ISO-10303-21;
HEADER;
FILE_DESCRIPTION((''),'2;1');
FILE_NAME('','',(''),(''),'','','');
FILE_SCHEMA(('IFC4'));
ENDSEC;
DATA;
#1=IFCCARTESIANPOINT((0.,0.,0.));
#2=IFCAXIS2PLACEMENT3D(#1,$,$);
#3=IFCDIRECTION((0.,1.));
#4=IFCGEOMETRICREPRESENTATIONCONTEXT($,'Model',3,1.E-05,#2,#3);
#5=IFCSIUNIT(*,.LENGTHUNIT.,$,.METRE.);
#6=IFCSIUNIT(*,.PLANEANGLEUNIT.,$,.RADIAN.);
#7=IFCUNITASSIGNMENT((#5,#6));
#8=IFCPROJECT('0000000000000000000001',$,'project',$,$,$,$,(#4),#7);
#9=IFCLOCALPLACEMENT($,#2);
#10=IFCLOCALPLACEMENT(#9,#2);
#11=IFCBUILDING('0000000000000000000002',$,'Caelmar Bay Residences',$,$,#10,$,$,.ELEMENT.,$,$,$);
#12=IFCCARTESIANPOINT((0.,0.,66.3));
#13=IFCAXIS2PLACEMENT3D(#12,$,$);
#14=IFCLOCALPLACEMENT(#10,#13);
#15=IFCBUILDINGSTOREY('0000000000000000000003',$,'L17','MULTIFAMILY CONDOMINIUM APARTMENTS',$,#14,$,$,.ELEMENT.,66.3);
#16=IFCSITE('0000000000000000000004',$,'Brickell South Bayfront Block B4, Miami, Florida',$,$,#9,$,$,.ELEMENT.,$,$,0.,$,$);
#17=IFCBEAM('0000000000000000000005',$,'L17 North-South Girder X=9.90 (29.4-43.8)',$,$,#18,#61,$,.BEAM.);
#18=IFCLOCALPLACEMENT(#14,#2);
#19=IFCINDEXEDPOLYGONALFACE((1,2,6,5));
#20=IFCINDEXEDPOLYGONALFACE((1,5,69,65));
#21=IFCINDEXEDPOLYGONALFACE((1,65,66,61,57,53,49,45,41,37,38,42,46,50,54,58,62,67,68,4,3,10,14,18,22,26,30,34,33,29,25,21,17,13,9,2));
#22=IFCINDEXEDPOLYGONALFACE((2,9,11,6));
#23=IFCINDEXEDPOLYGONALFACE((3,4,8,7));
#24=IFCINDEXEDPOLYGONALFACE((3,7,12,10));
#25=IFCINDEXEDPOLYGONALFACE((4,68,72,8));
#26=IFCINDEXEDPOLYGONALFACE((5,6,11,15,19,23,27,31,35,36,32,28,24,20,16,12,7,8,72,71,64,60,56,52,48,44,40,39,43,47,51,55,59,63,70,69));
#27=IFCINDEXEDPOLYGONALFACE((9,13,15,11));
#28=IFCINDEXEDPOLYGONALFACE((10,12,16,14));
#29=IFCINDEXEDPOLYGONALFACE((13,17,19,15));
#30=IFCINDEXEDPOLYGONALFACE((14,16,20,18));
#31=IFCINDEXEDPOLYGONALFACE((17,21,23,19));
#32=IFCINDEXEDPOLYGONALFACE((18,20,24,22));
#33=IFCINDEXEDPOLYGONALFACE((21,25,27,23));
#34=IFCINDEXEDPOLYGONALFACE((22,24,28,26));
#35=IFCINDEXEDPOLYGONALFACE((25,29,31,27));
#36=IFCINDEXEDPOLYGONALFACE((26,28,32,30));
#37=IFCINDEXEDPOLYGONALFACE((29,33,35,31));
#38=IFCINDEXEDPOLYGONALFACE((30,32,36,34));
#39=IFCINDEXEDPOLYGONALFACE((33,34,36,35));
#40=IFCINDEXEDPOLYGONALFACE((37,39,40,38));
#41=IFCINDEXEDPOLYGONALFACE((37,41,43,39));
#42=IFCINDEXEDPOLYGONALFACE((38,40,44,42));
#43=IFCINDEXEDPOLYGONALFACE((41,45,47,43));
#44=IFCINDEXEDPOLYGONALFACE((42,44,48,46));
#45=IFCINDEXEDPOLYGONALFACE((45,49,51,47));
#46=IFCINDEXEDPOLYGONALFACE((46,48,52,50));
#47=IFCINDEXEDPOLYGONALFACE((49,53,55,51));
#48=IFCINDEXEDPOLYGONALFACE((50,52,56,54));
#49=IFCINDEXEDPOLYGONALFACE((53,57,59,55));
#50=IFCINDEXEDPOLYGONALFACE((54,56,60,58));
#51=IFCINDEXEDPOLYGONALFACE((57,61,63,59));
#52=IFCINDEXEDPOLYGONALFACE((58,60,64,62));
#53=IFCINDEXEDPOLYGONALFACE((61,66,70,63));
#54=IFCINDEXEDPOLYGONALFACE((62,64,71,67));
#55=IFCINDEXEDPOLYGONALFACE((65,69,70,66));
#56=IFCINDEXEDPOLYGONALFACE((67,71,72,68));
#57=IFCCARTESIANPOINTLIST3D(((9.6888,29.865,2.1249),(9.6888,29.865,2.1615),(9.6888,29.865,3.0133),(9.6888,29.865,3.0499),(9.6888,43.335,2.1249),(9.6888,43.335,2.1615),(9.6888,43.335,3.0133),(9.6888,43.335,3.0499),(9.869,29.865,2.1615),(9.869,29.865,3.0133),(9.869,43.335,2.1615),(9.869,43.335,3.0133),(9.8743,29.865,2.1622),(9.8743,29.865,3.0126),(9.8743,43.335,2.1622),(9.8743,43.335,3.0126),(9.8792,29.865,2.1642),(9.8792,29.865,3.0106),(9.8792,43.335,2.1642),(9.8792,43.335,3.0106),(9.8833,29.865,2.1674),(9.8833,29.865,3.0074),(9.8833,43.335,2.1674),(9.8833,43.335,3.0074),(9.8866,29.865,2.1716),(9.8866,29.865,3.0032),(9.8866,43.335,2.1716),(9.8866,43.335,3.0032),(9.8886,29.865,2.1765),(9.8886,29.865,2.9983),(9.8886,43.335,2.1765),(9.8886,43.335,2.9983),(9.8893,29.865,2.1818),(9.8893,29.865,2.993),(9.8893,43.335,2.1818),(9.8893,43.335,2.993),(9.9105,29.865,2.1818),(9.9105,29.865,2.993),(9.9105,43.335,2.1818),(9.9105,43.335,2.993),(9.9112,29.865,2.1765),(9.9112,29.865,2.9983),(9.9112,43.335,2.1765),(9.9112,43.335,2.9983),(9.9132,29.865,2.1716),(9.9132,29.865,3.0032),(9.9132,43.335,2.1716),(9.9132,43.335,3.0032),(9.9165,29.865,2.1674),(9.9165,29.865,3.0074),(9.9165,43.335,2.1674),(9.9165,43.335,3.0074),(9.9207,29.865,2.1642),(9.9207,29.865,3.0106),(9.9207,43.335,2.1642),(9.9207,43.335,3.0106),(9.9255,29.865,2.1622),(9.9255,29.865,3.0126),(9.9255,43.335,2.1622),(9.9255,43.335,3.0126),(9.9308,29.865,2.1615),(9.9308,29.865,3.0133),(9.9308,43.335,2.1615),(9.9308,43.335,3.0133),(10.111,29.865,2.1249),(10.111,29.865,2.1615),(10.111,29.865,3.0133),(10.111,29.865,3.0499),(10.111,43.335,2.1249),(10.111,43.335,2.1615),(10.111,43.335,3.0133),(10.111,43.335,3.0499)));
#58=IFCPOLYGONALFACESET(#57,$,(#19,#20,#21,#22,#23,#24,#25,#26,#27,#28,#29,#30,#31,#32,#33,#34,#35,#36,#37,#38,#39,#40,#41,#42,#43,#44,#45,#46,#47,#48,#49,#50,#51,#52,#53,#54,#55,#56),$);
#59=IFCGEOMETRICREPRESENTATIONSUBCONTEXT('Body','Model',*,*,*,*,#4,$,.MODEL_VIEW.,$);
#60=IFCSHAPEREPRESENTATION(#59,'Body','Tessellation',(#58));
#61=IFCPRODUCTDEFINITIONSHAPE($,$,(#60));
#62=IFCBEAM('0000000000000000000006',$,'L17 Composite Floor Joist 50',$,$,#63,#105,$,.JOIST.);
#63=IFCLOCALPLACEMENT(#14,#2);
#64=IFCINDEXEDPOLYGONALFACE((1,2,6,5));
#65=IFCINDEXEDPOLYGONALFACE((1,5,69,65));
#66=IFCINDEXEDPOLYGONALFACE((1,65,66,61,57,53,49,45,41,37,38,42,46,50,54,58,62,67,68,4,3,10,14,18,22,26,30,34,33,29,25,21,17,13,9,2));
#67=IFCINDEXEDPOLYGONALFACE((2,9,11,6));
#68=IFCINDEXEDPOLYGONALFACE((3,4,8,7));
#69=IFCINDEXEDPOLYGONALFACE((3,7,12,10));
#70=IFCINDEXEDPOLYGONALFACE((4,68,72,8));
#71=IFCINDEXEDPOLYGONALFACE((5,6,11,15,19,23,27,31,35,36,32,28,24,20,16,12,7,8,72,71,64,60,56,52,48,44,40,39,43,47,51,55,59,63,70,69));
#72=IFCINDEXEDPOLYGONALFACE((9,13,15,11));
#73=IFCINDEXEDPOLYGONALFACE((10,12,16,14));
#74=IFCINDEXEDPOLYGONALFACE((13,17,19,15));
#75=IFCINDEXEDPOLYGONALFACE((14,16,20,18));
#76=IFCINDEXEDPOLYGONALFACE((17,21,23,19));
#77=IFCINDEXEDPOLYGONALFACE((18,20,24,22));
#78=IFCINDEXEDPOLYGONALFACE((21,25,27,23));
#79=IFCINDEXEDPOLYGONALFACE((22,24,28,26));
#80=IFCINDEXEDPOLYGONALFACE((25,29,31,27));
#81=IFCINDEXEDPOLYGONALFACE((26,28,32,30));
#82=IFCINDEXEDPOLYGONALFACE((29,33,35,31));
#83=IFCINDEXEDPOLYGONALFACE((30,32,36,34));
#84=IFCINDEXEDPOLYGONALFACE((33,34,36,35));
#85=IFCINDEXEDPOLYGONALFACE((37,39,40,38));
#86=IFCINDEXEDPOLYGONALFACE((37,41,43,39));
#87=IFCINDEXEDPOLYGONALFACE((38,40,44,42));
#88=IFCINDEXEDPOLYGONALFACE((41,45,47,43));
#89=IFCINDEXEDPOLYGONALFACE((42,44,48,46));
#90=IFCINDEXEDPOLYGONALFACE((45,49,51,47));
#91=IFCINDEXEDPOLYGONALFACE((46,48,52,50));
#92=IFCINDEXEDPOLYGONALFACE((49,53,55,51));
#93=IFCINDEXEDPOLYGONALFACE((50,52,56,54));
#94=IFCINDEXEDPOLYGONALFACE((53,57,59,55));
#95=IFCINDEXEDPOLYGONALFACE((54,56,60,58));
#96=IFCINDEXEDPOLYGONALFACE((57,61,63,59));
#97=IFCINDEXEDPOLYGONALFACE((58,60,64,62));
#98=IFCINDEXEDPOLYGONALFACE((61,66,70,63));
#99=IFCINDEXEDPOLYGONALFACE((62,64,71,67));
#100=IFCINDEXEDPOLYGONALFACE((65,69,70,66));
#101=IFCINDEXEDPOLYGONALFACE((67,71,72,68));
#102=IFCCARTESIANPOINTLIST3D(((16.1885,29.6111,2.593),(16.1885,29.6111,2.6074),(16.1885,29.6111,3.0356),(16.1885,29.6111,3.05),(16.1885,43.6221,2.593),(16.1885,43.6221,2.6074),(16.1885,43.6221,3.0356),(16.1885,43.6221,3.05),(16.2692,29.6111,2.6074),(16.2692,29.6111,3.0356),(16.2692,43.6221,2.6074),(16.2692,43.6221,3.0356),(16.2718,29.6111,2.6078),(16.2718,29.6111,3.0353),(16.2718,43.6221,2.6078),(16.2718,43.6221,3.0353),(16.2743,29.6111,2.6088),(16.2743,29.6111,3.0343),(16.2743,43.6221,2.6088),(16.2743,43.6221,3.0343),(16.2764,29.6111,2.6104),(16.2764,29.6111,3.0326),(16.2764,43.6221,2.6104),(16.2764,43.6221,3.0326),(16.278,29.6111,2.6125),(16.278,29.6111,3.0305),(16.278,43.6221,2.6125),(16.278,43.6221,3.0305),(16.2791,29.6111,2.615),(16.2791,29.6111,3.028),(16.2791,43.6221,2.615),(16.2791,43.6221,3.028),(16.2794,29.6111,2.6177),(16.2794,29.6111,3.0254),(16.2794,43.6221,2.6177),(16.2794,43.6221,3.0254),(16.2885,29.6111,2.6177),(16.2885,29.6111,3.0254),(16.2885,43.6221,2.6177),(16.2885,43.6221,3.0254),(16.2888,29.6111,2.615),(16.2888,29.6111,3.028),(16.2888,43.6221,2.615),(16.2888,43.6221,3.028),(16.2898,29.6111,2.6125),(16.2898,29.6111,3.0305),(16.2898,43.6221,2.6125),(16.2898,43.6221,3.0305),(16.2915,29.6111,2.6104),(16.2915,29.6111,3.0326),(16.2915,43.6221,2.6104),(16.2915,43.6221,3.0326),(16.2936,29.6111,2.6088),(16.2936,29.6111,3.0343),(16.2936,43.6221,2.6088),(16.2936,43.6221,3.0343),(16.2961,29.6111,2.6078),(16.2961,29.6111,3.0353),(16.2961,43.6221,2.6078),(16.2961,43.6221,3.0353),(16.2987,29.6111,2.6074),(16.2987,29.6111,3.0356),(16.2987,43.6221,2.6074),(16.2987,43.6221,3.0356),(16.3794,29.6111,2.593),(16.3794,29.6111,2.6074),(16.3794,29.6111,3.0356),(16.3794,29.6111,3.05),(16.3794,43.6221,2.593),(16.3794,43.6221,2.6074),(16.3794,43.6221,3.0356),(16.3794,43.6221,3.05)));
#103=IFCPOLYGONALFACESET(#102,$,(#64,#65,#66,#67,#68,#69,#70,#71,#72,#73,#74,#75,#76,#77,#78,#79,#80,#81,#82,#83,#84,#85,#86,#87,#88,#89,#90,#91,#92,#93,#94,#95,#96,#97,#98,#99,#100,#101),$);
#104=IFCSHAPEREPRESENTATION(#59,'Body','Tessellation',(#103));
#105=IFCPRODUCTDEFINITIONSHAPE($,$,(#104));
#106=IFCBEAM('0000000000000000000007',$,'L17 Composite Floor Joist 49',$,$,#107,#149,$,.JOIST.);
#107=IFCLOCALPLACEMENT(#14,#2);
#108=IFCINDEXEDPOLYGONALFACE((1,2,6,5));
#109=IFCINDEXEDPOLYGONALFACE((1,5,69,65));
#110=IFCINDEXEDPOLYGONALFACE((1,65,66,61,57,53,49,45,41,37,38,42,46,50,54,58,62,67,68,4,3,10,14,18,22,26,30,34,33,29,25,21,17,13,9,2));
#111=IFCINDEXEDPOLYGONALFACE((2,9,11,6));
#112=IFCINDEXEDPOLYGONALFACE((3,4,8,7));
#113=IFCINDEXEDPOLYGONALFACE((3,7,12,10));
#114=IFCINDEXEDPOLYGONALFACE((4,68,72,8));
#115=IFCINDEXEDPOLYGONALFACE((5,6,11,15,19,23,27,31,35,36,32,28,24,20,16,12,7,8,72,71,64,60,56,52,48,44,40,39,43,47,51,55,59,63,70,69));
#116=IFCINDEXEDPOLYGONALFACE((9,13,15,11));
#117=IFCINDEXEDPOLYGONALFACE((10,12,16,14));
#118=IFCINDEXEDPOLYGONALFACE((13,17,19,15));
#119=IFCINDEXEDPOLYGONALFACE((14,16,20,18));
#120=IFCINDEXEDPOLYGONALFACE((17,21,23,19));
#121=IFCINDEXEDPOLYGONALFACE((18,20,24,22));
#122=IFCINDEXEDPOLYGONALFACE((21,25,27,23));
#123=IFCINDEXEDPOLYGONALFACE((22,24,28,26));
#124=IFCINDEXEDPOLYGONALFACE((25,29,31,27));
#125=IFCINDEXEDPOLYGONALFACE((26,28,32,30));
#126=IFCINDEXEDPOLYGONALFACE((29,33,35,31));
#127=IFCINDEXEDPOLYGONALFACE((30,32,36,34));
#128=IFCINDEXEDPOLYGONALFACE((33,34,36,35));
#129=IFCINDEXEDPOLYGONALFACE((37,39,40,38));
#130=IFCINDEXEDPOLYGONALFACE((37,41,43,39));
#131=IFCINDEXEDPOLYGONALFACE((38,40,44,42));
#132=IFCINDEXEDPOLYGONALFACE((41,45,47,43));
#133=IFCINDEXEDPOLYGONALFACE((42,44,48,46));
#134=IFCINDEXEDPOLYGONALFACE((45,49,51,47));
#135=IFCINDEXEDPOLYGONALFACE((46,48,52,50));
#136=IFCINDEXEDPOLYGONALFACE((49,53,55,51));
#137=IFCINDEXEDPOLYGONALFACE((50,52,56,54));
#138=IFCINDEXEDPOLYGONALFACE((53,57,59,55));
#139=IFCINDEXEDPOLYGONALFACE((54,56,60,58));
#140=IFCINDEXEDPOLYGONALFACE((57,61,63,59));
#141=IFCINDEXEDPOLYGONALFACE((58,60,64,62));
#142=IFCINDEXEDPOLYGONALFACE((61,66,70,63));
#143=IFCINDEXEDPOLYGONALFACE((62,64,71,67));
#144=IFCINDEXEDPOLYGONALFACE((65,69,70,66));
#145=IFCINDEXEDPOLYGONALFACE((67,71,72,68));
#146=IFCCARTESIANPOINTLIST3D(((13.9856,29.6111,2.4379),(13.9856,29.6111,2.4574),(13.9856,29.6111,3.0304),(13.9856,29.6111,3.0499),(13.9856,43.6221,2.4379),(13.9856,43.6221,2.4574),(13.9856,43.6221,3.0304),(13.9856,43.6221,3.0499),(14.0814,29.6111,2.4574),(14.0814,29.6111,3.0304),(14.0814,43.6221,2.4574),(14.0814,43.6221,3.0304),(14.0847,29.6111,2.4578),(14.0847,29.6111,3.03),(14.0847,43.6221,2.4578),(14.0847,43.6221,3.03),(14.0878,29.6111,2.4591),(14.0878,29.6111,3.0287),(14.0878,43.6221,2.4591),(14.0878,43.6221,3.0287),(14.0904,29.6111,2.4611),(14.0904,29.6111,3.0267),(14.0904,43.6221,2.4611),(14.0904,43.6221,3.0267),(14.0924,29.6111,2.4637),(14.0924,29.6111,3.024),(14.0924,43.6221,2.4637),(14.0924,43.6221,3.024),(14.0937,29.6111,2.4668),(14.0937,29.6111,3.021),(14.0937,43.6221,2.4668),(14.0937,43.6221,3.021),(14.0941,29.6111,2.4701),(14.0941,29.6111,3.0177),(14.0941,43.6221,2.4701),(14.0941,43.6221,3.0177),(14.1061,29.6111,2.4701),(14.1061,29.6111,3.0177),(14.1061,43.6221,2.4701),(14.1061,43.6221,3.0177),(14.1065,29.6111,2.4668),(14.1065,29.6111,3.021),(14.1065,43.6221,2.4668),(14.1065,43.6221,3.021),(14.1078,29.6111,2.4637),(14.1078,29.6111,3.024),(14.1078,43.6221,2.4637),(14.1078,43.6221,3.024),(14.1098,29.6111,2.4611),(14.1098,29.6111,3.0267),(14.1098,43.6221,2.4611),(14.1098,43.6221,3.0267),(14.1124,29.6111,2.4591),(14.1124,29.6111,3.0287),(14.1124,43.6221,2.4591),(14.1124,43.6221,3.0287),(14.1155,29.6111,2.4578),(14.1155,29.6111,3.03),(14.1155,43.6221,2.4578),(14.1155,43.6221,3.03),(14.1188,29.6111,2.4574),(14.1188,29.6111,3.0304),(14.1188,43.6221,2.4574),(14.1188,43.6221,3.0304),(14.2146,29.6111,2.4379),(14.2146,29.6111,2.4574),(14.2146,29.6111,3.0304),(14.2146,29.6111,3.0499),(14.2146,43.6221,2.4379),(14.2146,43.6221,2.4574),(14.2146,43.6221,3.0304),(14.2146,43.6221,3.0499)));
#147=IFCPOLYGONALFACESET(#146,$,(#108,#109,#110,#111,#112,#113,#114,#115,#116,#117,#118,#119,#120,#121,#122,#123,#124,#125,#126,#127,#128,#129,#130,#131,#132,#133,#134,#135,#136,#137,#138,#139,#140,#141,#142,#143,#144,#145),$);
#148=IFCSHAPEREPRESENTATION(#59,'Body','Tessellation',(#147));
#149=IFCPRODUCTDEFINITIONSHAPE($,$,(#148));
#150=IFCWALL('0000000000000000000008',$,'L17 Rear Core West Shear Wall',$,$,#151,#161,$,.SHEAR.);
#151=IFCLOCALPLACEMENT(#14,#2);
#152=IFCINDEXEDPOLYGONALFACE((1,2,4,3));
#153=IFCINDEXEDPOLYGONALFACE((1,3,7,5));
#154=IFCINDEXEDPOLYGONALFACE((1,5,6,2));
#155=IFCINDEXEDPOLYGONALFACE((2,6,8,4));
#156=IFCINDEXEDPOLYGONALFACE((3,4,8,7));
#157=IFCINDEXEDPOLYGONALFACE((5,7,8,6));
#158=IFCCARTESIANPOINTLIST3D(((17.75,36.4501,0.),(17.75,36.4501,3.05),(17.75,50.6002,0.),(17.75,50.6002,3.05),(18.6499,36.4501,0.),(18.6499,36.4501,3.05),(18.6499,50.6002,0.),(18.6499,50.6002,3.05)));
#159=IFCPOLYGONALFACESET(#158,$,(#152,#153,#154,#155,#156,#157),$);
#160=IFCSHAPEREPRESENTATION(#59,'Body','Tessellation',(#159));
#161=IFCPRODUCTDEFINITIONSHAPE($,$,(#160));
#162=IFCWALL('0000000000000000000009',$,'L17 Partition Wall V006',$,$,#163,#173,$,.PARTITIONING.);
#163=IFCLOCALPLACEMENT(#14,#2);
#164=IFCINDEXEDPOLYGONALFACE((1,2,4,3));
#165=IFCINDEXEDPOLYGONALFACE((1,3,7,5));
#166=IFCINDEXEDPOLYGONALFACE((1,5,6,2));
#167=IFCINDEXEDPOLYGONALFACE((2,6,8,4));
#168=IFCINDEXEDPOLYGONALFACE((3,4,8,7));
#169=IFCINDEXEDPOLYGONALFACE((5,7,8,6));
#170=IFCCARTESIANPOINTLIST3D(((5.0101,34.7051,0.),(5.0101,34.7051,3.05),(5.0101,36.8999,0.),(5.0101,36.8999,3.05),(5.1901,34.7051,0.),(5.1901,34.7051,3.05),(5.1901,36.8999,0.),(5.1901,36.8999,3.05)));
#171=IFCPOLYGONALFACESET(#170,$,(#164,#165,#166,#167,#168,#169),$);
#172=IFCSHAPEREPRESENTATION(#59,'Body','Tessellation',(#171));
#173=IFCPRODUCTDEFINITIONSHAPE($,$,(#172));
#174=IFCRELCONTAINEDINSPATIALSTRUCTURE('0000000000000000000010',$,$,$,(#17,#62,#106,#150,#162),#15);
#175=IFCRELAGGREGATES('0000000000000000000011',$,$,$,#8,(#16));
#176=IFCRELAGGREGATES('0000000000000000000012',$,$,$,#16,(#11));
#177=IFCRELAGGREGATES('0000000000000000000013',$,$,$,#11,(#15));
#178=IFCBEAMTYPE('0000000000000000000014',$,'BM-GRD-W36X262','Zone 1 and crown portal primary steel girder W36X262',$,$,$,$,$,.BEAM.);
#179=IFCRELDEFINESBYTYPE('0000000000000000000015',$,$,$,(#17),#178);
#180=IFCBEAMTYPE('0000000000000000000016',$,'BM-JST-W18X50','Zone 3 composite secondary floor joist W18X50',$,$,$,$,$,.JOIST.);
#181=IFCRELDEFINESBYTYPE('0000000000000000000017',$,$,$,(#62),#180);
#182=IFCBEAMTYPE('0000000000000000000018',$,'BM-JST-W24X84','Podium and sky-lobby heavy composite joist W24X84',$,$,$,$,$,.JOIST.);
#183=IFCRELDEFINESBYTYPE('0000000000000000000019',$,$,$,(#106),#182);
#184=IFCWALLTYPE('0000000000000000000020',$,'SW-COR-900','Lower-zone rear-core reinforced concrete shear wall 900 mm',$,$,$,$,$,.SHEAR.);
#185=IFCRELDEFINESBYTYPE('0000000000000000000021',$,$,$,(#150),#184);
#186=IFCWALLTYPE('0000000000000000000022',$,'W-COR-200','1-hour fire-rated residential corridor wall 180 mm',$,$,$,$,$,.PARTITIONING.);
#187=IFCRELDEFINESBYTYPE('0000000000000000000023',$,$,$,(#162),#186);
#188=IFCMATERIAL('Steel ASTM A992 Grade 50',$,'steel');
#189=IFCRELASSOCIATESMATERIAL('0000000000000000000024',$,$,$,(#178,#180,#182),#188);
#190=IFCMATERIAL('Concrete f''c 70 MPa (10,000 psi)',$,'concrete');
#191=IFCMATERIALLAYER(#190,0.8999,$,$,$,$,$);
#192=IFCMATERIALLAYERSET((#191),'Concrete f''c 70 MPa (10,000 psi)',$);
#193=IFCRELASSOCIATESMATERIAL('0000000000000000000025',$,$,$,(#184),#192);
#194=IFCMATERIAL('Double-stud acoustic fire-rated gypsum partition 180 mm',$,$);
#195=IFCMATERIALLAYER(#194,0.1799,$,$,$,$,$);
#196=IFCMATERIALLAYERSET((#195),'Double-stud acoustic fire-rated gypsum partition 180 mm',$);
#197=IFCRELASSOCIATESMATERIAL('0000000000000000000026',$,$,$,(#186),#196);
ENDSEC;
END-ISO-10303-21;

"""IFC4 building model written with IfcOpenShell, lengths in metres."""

from ifc_helpers import new_model, si_unit, direction, frame, frame_2d, origin, origin_2d, place, context, subcontext, project, spatial, rectangle, i_section, extrude, material, layer, layer_set, material_profile, profile_set, type_object, element, save


model = new_model("IFC4")

# Units and contexts
model_context = context("Model", 3, precision=1e-05, world=origin(), true_north=direction((0.0, 1.0)))
body_context = subcontext(model_context, "Body", "Model", "MODEL_VIEW")
ifc_project = project(units=[si_unit("LENGTHUNIT", "METRE"), si_unit("PLANEANGLEUNIT", "RADIAN")], contexts=[model_context])

# Site, building, storey
site_placement = place(None, origin())
site = spatial("IfcSite", under=ifc_project, at=site_placement, Name="Brickell South Bayfront Block B4, Miami, Florida", CompositionType="ELEMENT", RefElevation=0.0)
building_placement = place(site_placement, origin())
building = spatial("IfcBuilding", under=site, at=building_placement, Name="Caelmar Bay Residences", CompositionType="ELEMENT")
storey_placement = place(building_placement, frame((0.0, 0.0, 66.3)))
storey = spatial("IfcBuildingStorey", under=building, at=storey_placement, Name="L17", Description="MULTIFAMILY CONDOMINIUM APARTMENTS", CompositionType="ELEMENT", Elevation=66.3)

# Beams
ifc_material_1 = material(Name="Steel ASTM A992 Grade 50", Category="steel")
ifc_material_profile_1 = material_profile(ifc_material_1, i_section(OverallWidth=0.4221, OverallDepth=0.925, WebThickness=0.0212, FlangeThickness=0.0366, FilletRadius=0.0203, at=origin_2d()), Name="W36X262")
ifc_profile_set_1 = profile_set([ifc_material_profile_1], Name="Steel ASTM A992 Grade 50")
beam_type_1 = type_object("IfcBeamType", Name="BM-GRD-W36X262", Description="Zone 1 and crown portal primary steel girder W36X262", PredefinedType="BEAM", material=ifc_profile_set_1)
beam_1_placement = place(storey_placement, frame((9.8999, 29.865, 2.5874), z_axis=(0.0, 1.0, 0.0), x_axis=(-1.0, 0.0, 0.0)))
element("IfcBeam", 1, at=beam_1_placement, inside=storey, type_object=beam_type_1, Name="L17 North-South Girder X=9.90 (29.4-43.8)", PredefinedType="BEAM", context=body_context, shape_type="SweptSolid", body=[
    extrude(i_section(OverallWidth=0.4221, OverallDepth=0.925, WebThickness=0.0212, FlangeThickness=0.0366, FilletRadius=0.0203, at=origin_2d()), origin(), (0.0, 0.0, 1.0), 13.47),
])
ifc_material_profile_2 = material_profile(ifc_material_1, i_section(OverallWidth=0.1909, OverallDepth=0.457, WebThickness=0.009, FlangeThickness=0.0144, FilletRadius=0.0103, at=origin_2d()), Name="W18X50")
ifc_profile_set_2 = profile_set([ifc_material_profile_2], Name="Steel ASTM A992 Grade 50")
beam_type_2 = type_object("IfcBeamType", Name="BM-JST-W18X50", Description="Zone 3 composite secondary floor joist W18X50", PredefinedType="JOIST", material=ifc_profile_set_2)
beam_2_placement = place(storey_placement, frame((16.2839, 29.6111, 2.8215), z_axis=(0.0, 1.0, 0.0), x_axis=(-1.0, 0.0, 0.0)))
element("IfcBeam", 2, at=beam_2_placement, inside=storey, type_object=beam_type_2, Name="L17 Composite Floor Joist 50", PredefinedType="JOIST", context=body_context, shape_type="SweptSolid", body=[
    extrude(i_section(OverallWidth=0.1909, OverallDepth=0.457, WebThickness=0.009, FlangeThickness=0.0144, FilletRadius=0.0103, at=origin_2d()), origin(), (0.0, 0.0, 1.0), 14.011),
])
ifc_material_profile_3 = material_profile(ifc_material_1, i_section(OverallWidth=0.229, OverallDepth=0.6121, WebThickness=0.012, FlangeThickness=0.0195, FilletRadius=0.0127, at=origin_2d()), Name="W24X84")
ifc_profile_set_3 = profile_set([ifc_material_profile_3], Name="Steel ASTM A992 Grade 50")
beam_type_3 = type_object("IfcBeamType", Name="BM-JST-W24X84", Description="Podium and sky-lobby heavy composite joist W24X84", PredefinedType="JOIST", material=ifc_profile_set_3)
beam_3_placement = place(storey_placement, frame((14.1001, 29.6111, 2.7439), z_axis=(0.0, 1.0, 0.0), x_axis=(-1.0, 0.0, 0.0)))
element("IfcBeam", 3, at=beam_3_placement, inside=storey, type_object=beam_type_3, Name="L17 Composite Floor Joist 49", PredefinedType="JOIST", context=body_context, shape_type="SweptSolid", body=[
    extrude(i_section(OverallWidth=0.229, OverallDepth=0.6121, WebThickness=0.012, FlangeThickness=0.0195, FilletRadius=0.0127, at=origin_2d()), origin(), (0.0, 0.0, 1.0), 14.011),
])

# Shared definitions
ifc_material_2 = material(Name="Concrete f'c 70 MPa (10,000 psi)", Category="concrete")
ifc_layer_1 = layer(ifc_material_2, 0.8999)
ifc_layer_set_1 = layer_set([ifc_layer_1], Name="Concrete f'c 70 MPa (10,000 psi)")
wall_type_1 = type_object("IfcWallType", Name="SW-COR-900", Description="Lower-zone rear-core reinforced concrete shear wall 900 mm", PredefinedType="SHEAR", material=ifc_layer_set_1)

# Walls
wall_1_placement = place(storey_placement, frame((18.2, 36.45, 0.0), z_axis=(0.0, 0.0, 1.0), x_axis=(0.0, 1.0, 0.0)))
element("IfcWall", 4, at=wall_1_placement, inside=storey, type_object=wall_type_1, Name="L17 Rear Core West Shear Wall", PredefinedType="SHEAR", context=body_context, shape_type="SweptSolid", body=[
    extrude(rectangle(XDim=14.1501, YDim=0.8999, at=frame_2d((7.0752, 0.0))), origin(), (0.0, 0.0, 1.0), 3.05),
])
ifc_material_3 = material(Name="Double-stud acoustic fire-rated gypsum partition 180 mm")
ifc_layer_2 = layer(ifc_material_3, 0.1799)
ifc_layer_set_2 = layer_set([ifc_layer_2], Name="Double-stud acoustic fire-rated gypsum partition 180 mm")
wall_type_2 = type_object("IfcWallType", Name="W-COR-200", Description="1-hour fire-rated residential corridor wall 180 mm", PredefinedType="PARTITIONING", material=ifc_layer_set_2)
wall_2_placement = place(storey_placement, frame((5.1001, 34.7051, 0.0), z_axis=(0.0, 0.0, 1.0), x_axis=(0.0, 1.0, 0.0)))
element("IfcWall", 5, at=wall_2_placement, inside=storey, type_object=wall_type_2, Name="L17 Partition Wall V006", PredefinedType="PARTITIONING", context=body_context, shape_type="SweptSolid", body=[
    extrude(rectangle(XDim=2.1948, YDim=0.1799, at=frame_2d((1.0974, 0.0))), origin(), (0.0, 0.0, 1.0), 3.05),
])

save(model, "model.ifc")
